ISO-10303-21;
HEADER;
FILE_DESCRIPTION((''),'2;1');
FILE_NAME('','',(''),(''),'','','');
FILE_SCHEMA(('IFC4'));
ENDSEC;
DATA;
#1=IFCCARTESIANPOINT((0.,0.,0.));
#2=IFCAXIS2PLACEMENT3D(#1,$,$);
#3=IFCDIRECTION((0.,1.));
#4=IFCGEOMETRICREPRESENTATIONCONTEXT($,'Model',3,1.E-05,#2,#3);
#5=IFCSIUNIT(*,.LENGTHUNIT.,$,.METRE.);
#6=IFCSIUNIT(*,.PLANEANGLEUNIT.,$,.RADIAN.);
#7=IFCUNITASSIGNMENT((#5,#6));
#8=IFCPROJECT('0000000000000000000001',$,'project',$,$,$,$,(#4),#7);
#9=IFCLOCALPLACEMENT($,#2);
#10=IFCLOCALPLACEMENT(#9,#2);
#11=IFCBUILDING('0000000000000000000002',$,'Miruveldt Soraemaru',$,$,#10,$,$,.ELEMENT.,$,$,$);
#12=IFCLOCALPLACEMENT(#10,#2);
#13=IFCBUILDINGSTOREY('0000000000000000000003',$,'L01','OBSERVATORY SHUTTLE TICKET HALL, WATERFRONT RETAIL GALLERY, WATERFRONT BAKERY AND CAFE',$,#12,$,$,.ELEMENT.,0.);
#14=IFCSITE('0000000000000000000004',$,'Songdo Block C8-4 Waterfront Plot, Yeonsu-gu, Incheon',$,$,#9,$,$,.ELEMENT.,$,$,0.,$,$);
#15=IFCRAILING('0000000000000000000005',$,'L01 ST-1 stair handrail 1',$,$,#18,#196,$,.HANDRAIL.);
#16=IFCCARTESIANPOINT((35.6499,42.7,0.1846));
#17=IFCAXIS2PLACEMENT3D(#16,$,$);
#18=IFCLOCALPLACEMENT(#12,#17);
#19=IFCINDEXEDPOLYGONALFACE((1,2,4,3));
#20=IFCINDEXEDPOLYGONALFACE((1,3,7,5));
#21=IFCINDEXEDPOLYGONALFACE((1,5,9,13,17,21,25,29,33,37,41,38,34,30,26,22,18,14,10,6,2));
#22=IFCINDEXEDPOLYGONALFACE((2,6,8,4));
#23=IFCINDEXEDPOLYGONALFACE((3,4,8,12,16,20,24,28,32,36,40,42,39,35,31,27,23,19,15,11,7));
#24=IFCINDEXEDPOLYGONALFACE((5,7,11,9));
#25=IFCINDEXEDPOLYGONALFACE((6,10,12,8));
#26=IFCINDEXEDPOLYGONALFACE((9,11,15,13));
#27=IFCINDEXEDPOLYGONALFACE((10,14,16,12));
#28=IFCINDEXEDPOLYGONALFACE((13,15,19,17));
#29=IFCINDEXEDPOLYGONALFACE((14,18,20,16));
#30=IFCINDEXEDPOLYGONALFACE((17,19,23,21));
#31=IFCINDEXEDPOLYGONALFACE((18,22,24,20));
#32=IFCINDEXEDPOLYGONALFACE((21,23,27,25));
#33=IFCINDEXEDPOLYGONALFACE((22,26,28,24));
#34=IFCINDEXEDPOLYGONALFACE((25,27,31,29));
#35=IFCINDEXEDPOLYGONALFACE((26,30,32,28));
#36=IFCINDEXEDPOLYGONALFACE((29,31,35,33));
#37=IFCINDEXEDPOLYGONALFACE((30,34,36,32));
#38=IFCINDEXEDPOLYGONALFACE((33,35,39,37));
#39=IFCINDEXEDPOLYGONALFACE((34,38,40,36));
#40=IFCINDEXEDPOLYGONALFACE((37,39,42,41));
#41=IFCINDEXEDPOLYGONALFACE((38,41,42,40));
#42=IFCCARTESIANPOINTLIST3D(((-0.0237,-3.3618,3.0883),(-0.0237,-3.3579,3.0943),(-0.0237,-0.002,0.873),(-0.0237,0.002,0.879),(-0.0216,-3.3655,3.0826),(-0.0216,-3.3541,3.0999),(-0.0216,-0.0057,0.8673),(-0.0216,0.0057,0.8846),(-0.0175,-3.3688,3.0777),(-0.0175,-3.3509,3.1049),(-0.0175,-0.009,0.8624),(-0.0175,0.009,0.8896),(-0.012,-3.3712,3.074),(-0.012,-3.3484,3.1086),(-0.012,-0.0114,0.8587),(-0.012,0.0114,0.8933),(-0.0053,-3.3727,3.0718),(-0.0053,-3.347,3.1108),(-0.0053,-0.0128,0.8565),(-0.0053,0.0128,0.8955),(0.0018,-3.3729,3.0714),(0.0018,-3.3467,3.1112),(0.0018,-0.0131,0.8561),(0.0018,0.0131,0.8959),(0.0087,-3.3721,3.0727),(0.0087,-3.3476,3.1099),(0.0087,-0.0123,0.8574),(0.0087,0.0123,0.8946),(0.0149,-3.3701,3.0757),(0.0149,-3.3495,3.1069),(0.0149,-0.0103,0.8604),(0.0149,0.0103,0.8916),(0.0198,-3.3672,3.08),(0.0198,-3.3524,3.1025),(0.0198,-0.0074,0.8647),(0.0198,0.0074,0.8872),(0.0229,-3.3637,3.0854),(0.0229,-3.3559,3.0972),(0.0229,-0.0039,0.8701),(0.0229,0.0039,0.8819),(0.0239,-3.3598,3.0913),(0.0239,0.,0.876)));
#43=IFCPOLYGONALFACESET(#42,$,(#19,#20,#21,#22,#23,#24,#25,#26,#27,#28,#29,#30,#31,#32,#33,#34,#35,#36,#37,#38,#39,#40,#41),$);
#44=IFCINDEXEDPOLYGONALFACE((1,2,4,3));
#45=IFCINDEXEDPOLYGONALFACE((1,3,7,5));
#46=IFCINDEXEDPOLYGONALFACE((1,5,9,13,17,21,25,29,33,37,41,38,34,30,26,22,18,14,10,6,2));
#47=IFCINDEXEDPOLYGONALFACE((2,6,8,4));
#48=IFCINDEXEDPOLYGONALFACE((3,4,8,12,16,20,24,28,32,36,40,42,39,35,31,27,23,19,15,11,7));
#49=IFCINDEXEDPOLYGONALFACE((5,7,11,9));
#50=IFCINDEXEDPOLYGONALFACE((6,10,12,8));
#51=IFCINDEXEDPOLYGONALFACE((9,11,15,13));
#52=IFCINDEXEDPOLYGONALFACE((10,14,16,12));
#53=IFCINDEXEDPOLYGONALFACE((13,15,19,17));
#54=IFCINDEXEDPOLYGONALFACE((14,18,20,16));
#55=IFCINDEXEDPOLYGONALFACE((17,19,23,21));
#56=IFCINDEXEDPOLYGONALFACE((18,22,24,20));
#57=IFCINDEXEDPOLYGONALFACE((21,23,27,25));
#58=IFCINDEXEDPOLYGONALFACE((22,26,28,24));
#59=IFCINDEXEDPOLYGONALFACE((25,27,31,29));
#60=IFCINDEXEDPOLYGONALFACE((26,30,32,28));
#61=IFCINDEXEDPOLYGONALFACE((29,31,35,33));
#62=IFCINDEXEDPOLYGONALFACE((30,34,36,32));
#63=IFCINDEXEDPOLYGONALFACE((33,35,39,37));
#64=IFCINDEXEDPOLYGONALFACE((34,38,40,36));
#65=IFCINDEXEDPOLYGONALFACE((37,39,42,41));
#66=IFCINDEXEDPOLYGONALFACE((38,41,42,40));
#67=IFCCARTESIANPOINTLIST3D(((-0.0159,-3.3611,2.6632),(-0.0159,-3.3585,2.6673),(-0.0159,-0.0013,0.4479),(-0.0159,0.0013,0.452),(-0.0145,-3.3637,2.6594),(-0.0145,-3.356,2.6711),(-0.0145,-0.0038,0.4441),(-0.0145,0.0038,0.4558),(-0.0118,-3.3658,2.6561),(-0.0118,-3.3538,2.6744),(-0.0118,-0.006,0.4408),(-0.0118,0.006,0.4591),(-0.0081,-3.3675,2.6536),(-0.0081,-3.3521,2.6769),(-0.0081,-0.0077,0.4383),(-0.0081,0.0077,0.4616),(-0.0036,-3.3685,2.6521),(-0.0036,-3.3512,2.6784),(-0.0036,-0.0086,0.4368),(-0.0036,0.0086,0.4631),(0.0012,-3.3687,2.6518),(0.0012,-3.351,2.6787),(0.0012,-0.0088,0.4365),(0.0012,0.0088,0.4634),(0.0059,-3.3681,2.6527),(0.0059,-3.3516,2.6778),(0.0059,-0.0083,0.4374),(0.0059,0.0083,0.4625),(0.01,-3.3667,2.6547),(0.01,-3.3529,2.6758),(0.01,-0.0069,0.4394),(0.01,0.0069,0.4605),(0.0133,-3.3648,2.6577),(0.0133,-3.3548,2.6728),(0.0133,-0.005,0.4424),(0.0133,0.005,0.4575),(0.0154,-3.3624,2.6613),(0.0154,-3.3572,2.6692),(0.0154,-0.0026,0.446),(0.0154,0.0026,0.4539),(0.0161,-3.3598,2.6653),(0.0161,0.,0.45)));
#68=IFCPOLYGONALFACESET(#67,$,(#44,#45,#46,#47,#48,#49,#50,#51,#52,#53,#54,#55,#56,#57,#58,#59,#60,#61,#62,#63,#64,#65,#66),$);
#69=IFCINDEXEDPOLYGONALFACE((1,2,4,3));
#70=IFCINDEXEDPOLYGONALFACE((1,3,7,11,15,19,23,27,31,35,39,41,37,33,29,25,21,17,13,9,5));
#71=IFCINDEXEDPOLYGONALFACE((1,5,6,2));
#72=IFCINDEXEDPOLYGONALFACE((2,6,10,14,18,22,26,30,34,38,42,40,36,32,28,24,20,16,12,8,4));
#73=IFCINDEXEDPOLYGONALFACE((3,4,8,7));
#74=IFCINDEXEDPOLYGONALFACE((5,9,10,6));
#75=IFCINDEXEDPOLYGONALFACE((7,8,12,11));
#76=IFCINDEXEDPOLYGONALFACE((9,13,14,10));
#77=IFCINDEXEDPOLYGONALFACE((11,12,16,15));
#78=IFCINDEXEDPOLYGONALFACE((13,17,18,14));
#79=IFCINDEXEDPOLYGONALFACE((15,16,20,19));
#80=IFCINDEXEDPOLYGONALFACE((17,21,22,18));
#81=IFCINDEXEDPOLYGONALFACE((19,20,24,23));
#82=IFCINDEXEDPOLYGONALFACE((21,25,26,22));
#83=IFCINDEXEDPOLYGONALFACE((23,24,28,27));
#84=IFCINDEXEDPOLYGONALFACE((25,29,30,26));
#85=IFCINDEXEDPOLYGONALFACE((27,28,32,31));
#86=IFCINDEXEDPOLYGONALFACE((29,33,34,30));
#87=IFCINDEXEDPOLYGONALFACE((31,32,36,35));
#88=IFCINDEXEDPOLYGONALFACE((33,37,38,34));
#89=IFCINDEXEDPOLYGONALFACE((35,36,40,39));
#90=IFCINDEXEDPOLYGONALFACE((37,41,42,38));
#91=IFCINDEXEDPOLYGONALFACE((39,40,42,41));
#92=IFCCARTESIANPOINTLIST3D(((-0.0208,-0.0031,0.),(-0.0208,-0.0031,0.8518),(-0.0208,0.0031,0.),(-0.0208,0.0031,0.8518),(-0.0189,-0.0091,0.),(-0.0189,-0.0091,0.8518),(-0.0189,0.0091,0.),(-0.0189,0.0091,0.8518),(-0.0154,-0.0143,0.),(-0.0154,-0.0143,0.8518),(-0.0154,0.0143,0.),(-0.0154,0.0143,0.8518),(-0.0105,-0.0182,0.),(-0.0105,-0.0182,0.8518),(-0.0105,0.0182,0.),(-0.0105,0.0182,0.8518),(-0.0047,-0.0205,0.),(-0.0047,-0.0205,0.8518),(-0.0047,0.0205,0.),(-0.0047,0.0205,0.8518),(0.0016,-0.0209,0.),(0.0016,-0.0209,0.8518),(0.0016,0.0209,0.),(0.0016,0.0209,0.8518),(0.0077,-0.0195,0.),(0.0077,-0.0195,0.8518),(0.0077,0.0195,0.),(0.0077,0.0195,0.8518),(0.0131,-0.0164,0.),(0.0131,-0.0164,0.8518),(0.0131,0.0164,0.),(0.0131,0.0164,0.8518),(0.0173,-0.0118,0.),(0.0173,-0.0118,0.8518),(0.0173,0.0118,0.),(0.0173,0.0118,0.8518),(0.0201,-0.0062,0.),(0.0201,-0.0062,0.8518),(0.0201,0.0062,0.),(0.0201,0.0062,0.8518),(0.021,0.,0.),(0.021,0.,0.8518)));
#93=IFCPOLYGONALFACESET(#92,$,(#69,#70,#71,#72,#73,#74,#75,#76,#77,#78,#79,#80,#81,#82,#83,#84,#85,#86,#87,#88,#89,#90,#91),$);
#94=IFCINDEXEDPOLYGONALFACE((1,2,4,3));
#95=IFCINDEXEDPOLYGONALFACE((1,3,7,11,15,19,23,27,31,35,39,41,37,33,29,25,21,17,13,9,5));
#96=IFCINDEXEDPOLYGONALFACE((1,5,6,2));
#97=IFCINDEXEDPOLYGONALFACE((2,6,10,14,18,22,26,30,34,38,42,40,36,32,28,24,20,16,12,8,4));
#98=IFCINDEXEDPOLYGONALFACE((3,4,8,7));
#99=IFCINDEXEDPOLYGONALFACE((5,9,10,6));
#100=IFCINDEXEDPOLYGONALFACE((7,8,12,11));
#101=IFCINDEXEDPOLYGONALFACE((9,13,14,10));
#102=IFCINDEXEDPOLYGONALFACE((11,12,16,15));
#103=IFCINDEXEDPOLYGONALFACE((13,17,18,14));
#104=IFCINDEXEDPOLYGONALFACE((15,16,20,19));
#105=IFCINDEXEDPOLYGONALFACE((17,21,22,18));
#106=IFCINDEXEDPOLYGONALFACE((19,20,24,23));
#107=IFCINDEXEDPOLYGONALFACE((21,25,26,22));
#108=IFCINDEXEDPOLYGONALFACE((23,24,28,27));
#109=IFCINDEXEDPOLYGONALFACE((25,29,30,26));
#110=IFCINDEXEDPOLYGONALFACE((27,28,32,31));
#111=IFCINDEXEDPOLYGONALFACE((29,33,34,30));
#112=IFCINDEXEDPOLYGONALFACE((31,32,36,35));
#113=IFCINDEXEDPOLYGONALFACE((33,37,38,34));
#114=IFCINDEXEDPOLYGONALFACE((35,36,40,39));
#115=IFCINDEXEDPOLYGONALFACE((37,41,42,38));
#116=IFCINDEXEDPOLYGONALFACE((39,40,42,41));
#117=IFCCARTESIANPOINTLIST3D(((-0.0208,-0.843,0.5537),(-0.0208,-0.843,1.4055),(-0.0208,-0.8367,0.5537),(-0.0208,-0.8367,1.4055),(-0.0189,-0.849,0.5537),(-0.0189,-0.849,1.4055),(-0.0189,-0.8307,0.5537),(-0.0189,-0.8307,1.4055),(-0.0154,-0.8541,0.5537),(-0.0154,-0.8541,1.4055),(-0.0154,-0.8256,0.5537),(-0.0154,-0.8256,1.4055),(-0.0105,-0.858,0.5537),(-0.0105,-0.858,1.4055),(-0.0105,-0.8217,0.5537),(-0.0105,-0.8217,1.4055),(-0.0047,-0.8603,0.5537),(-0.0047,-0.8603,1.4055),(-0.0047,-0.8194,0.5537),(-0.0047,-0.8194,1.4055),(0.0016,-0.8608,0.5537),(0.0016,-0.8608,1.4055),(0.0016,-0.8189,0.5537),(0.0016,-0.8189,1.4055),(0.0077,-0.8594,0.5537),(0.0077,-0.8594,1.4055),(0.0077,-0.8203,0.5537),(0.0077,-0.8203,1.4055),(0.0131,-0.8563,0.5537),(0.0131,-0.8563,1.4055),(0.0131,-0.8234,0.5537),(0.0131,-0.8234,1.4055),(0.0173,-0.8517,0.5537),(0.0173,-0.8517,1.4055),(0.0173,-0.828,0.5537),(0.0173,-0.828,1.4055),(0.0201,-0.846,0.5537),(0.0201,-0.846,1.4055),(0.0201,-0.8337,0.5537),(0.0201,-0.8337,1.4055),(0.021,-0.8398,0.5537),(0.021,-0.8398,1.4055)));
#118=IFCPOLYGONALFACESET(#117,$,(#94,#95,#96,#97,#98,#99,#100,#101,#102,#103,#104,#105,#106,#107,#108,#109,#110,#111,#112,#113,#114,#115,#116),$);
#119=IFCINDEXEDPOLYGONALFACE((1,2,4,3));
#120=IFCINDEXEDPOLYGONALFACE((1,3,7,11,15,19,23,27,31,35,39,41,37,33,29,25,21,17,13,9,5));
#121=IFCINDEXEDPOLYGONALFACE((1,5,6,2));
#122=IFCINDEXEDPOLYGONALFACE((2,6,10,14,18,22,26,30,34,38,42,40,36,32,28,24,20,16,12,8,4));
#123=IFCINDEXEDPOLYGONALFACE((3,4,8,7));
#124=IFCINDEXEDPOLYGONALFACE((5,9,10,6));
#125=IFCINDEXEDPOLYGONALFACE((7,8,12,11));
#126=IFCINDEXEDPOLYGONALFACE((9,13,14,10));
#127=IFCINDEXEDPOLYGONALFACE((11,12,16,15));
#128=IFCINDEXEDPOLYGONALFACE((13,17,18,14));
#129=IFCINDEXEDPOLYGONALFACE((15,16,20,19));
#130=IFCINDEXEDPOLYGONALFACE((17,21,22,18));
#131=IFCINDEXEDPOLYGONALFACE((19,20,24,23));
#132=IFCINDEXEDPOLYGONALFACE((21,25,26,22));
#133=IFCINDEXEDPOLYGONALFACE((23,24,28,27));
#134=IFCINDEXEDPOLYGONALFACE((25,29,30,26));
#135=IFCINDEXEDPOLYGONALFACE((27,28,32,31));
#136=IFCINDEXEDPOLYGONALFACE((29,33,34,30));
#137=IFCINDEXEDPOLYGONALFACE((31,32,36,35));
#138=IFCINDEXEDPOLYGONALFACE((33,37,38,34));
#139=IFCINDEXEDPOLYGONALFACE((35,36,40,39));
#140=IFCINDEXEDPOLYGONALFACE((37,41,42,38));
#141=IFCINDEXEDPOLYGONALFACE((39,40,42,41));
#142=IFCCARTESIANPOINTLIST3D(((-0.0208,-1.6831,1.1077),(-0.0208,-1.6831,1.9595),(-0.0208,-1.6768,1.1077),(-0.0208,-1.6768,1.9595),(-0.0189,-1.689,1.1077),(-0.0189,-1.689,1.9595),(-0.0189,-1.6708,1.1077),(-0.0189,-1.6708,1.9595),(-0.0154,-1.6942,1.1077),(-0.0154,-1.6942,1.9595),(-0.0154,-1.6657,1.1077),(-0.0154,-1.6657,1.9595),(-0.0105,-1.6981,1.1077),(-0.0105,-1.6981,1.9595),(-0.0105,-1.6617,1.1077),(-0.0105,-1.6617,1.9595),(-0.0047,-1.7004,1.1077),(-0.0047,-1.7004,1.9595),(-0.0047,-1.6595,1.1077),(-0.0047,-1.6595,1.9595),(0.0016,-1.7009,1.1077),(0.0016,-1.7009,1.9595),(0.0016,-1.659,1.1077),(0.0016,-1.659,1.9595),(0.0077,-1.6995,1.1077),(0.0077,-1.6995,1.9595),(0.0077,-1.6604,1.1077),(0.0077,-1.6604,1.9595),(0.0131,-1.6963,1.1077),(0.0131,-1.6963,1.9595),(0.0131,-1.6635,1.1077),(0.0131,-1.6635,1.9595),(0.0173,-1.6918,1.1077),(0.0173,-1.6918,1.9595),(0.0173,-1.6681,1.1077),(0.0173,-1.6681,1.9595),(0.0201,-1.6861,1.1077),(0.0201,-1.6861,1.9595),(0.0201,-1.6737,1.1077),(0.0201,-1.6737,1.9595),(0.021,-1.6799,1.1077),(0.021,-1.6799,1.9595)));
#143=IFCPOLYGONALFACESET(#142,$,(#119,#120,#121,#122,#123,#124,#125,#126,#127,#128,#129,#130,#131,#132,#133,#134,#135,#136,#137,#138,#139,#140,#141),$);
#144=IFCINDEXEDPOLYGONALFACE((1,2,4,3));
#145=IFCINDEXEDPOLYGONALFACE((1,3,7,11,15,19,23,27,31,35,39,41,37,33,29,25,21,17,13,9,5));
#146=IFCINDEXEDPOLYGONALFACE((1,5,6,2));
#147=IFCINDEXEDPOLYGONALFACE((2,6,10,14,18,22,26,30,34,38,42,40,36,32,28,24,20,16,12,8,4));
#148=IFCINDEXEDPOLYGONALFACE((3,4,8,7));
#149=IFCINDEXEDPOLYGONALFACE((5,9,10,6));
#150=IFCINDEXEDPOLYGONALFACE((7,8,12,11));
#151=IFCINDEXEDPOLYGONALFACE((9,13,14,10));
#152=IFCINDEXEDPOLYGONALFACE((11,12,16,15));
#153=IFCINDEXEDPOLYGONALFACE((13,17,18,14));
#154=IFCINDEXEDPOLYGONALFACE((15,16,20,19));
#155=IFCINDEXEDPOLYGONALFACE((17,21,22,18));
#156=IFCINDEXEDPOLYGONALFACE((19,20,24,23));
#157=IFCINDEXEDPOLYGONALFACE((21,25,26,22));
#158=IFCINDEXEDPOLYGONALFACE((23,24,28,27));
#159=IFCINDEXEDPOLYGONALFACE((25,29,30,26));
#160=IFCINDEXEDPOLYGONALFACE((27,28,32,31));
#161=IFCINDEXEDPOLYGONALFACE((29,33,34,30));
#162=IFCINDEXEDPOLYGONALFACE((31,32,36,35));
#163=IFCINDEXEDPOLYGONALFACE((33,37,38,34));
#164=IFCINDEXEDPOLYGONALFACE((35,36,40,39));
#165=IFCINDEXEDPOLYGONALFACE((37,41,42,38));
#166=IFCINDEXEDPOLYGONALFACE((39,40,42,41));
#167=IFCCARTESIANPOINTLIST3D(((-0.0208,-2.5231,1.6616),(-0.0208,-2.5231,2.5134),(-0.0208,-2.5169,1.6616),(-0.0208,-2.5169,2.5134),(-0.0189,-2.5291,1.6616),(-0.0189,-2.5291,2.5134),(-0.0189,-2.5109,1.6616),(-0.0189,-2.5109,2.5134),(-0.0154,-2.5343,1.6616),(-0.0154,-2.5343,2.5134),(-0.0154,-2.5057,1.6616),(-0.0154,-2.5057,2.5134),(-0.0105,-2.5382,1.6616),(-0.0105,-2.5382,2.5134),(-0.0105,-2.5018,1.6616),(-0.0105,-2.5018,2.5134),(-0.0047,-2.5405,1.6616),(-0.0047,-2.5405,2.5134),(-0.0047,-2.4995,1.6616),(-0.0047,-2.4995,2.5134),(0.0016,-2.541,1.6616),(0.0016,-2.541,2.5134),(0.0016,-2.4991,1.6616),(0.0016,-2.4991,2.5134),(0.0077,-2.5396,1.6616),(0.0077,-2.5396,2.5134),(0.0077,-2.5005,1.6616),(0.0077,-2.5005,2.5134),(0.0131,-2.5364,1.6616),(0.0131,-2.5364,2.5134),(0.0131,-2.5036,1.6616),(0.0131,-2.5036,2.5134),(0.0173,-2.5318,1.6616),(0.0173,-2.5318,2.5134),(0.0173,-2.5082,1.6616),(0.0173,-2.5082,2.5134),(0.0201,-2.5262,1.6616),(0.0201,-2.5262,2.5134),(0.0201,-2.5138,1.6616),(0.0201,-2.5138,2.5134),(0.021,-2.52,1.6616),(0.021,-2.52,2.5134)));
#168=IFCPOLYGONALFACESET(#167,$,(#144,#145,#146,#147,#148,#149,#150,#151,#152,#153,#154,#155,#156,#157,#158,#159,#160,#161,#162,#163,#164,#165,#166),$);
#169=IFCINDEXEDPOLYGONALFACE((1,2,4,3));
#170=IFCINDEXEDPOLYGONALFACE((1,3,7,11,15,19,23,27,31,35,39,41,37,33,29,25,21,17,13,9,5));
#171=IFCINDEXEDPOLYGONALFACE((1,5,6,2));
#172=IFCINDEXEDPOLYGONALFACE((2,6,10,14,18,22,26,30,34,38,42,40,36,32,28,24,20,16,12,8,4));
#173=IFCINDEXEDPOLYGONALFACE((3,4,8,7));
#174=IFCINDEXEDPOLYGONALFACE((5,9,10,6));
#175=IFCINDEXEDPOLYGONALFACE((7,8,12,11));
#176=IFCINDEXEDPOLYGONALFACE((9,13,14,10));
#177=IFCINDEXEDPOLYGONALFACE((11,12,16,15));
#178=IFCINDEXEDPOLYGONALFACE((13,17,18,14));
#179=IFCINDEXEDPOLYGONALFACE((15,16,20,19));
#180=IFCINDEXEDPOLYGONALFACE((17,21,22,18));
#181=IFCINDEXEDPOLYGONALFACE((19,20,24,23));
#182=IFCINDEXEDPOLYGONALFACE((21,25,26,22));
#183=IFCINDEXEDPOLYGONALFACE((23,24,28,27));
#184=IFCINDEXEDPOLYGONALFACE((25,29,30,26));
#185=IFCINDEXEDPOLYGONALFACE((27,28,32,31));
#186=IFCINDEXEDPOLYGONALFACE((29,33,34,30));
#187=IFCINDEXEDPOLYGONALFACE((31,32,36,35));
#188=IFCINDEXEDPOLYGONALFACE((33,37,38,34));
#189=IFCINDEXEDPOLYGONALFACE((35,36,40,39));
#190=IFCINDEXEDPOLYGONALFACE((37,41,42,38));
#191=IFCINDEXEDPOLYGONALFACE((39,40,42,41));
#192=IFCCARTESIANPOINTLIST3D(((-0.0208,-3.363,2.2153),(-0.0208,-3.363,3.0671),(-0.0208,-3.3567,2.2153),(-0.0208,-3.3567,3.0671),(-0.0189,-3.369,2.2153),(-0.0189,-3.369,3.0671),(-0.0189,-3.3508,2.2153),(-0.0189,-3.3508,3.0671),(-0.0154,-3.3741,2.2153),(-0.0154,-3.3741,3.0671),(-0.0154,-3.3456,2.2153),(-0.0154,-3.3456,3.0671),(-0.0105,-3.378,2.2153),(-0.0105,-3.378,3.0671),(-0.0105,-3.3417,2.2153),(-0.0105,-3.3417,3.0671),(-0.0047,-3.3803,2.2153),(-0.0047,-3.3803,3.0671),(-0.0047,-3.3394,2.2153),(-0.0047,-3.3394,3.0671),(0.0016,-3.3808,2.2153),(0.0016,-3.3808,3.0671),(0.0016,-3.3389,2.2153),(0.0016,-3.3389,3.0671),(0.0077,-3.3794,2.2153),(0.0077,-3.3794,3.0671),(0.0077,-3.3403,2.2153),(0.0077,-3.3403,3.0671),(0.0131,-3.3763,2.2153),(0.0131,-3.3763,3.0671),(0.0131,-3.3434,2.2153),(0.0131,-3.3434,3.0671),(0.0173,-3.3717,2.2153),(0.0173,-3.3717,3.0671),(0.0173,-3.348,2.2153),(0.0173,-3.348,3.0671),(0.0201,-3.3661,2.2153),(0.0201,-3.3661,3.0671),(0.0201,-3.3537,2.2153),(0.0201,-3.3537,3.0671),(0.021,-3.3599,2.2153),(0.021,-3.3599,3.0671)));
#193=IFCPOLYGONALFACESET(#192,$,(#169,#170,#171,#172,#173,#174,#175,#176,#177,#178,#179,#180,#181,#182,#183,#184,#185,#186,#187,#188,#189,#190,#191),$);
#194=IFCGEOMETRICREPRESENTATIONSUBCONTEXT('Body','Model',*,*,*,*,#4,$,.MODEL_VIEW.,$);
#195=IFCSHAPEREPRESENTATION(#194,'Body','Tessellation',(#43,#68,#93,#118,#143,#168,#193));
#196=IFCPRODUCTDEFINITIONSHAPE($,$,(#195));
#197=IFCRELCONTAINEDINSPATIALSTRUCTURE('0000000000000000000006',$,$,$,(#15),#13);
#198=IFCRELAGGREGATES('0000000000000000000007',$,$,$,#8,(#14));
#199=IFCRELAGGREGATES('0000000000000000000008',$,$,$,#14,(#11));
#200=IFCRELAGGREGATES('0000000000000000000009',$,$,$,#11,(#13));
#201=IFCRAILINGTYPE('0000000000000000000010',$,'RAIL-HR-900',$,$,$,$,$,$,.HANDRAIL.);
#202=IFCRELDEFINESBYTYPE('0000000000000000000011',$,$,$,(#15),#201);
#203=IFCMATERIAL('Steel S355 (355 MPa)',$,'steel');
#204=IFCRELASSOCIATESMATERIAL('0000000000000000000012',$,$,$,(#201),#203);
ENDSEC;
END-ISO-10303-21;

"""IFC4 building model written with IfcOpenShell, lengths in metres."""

from ifc_helpers import new_model, si_unit, direction, frame, origin, origin_2d, place, context, subcontext, project, spatial, circle, extrude, material, type_object, element, save


model = new_model("IFC4")

# Units and contexts
model_context = context("Model", 3, precision=1e-05, world=origin(), true_north=direction((0.0, 1.0)))
body_context = subcontext(model_context, "Body", "Model", "MODEL_VIEW")
ifc_project = project(units=[si_unit("LENGTHUNIT", "METRE"), si_unit("PLANEANGLEUNIT", "RADIAN")], contexts=[model_context])

# Site, building, storey
site_placement = place(None, origin())
site = spatial("IfcSite", under=ifc_project, at=site_placement, Name="Songdo Block C8-4 Waterfront Plot, Yeonsu-gu, Incheon", CompositionType="ELEMENT", RefElevation=0.0)
building_placement = place(site_placement, origin())
building = spatial("IfcBuilding", under=site, at=building_placement, Name="Miruveldt Soraemaru", CompositionType="ELEMENT")
storey_placement = place(building_placement, origin())
storey = spatial("IfcBuildingStorey", under=building, at=storey_placement, Name="L01", Description="OBSERVATORY SHUTTLE TICKET HALL, WATERFRONT RETAIL GALLERY, WATERFRONT BAKERY AND CAFE", CompositionType="ELEMENT", Elevation=0.0)

# Railing
ifc_material_1 = material(Name="Steel S355 (355 MPa)", Category="steel")
railing_type_1 = type_object("IfcRailingType", Name="RAIL-HR-900", PredefinedType="HANDRAIL", material=ifc_material_1)
for number, where, name in (
    (1, (35.6499, 42.7, 0.1846), "L01 ST-1 stair handrail 1"),
):
    element("IfcRailing", number, at=place(storey_placement, frame(where)), inside=storey, type_object=railing_type_1, Name=name, PredefinedType="HANDRAIL", context=body_context, shape_type="SweptSolid", body=[
        extrude(circle(Radius=0.0239, at=origin_2d()), frame((0.0, 0.0, 0.876), z_axis=(0.0, -0.834858, 0.550465), x_axis=(1.0, 0.0, 0.0)), (0.0, 0.0, 1.0), 4.0244),
        extrude(circle(Radius=0.0161, at=origin_2d()), frame((0.0, 0.0, 0.45), z_axis=(0.0, -0.834858, 0.550465), x_axis=(1.0, 0.0, 0.0)), (0.0, 0.0, 1.0), 4.0244),
        extrude(circle(Radius=0.021, at=origin_2d()), origin(), (0.0, 0.0, 1.0), 0.8518),
        extrude(circle(Radius=0.021, at=origin_2d()), frame((0.0, -0.8398, 0.5537)), (0.0, 0.0, 1.0), 0.8518),
        extrude(circle(Radius=0.021, at=origin_2d()), frame((0.0, -1.6799, 1.1077)), (0.0, 0.0, 1.0), 0.8518),
        extrude(circle(Radius=0.021, at=origin_2d()), frame((0.0, -2.52, 1.6616)), (0.0, 0.0, 1.0), 0.8518),
        extrude(circle(Radius=0.021, at=origin_2d()), frame((0.0, -3.3599, 2.2153)), (0.0, 0.0, 1.0), 0.8518),
    ])

save(model, "model.ifc")
